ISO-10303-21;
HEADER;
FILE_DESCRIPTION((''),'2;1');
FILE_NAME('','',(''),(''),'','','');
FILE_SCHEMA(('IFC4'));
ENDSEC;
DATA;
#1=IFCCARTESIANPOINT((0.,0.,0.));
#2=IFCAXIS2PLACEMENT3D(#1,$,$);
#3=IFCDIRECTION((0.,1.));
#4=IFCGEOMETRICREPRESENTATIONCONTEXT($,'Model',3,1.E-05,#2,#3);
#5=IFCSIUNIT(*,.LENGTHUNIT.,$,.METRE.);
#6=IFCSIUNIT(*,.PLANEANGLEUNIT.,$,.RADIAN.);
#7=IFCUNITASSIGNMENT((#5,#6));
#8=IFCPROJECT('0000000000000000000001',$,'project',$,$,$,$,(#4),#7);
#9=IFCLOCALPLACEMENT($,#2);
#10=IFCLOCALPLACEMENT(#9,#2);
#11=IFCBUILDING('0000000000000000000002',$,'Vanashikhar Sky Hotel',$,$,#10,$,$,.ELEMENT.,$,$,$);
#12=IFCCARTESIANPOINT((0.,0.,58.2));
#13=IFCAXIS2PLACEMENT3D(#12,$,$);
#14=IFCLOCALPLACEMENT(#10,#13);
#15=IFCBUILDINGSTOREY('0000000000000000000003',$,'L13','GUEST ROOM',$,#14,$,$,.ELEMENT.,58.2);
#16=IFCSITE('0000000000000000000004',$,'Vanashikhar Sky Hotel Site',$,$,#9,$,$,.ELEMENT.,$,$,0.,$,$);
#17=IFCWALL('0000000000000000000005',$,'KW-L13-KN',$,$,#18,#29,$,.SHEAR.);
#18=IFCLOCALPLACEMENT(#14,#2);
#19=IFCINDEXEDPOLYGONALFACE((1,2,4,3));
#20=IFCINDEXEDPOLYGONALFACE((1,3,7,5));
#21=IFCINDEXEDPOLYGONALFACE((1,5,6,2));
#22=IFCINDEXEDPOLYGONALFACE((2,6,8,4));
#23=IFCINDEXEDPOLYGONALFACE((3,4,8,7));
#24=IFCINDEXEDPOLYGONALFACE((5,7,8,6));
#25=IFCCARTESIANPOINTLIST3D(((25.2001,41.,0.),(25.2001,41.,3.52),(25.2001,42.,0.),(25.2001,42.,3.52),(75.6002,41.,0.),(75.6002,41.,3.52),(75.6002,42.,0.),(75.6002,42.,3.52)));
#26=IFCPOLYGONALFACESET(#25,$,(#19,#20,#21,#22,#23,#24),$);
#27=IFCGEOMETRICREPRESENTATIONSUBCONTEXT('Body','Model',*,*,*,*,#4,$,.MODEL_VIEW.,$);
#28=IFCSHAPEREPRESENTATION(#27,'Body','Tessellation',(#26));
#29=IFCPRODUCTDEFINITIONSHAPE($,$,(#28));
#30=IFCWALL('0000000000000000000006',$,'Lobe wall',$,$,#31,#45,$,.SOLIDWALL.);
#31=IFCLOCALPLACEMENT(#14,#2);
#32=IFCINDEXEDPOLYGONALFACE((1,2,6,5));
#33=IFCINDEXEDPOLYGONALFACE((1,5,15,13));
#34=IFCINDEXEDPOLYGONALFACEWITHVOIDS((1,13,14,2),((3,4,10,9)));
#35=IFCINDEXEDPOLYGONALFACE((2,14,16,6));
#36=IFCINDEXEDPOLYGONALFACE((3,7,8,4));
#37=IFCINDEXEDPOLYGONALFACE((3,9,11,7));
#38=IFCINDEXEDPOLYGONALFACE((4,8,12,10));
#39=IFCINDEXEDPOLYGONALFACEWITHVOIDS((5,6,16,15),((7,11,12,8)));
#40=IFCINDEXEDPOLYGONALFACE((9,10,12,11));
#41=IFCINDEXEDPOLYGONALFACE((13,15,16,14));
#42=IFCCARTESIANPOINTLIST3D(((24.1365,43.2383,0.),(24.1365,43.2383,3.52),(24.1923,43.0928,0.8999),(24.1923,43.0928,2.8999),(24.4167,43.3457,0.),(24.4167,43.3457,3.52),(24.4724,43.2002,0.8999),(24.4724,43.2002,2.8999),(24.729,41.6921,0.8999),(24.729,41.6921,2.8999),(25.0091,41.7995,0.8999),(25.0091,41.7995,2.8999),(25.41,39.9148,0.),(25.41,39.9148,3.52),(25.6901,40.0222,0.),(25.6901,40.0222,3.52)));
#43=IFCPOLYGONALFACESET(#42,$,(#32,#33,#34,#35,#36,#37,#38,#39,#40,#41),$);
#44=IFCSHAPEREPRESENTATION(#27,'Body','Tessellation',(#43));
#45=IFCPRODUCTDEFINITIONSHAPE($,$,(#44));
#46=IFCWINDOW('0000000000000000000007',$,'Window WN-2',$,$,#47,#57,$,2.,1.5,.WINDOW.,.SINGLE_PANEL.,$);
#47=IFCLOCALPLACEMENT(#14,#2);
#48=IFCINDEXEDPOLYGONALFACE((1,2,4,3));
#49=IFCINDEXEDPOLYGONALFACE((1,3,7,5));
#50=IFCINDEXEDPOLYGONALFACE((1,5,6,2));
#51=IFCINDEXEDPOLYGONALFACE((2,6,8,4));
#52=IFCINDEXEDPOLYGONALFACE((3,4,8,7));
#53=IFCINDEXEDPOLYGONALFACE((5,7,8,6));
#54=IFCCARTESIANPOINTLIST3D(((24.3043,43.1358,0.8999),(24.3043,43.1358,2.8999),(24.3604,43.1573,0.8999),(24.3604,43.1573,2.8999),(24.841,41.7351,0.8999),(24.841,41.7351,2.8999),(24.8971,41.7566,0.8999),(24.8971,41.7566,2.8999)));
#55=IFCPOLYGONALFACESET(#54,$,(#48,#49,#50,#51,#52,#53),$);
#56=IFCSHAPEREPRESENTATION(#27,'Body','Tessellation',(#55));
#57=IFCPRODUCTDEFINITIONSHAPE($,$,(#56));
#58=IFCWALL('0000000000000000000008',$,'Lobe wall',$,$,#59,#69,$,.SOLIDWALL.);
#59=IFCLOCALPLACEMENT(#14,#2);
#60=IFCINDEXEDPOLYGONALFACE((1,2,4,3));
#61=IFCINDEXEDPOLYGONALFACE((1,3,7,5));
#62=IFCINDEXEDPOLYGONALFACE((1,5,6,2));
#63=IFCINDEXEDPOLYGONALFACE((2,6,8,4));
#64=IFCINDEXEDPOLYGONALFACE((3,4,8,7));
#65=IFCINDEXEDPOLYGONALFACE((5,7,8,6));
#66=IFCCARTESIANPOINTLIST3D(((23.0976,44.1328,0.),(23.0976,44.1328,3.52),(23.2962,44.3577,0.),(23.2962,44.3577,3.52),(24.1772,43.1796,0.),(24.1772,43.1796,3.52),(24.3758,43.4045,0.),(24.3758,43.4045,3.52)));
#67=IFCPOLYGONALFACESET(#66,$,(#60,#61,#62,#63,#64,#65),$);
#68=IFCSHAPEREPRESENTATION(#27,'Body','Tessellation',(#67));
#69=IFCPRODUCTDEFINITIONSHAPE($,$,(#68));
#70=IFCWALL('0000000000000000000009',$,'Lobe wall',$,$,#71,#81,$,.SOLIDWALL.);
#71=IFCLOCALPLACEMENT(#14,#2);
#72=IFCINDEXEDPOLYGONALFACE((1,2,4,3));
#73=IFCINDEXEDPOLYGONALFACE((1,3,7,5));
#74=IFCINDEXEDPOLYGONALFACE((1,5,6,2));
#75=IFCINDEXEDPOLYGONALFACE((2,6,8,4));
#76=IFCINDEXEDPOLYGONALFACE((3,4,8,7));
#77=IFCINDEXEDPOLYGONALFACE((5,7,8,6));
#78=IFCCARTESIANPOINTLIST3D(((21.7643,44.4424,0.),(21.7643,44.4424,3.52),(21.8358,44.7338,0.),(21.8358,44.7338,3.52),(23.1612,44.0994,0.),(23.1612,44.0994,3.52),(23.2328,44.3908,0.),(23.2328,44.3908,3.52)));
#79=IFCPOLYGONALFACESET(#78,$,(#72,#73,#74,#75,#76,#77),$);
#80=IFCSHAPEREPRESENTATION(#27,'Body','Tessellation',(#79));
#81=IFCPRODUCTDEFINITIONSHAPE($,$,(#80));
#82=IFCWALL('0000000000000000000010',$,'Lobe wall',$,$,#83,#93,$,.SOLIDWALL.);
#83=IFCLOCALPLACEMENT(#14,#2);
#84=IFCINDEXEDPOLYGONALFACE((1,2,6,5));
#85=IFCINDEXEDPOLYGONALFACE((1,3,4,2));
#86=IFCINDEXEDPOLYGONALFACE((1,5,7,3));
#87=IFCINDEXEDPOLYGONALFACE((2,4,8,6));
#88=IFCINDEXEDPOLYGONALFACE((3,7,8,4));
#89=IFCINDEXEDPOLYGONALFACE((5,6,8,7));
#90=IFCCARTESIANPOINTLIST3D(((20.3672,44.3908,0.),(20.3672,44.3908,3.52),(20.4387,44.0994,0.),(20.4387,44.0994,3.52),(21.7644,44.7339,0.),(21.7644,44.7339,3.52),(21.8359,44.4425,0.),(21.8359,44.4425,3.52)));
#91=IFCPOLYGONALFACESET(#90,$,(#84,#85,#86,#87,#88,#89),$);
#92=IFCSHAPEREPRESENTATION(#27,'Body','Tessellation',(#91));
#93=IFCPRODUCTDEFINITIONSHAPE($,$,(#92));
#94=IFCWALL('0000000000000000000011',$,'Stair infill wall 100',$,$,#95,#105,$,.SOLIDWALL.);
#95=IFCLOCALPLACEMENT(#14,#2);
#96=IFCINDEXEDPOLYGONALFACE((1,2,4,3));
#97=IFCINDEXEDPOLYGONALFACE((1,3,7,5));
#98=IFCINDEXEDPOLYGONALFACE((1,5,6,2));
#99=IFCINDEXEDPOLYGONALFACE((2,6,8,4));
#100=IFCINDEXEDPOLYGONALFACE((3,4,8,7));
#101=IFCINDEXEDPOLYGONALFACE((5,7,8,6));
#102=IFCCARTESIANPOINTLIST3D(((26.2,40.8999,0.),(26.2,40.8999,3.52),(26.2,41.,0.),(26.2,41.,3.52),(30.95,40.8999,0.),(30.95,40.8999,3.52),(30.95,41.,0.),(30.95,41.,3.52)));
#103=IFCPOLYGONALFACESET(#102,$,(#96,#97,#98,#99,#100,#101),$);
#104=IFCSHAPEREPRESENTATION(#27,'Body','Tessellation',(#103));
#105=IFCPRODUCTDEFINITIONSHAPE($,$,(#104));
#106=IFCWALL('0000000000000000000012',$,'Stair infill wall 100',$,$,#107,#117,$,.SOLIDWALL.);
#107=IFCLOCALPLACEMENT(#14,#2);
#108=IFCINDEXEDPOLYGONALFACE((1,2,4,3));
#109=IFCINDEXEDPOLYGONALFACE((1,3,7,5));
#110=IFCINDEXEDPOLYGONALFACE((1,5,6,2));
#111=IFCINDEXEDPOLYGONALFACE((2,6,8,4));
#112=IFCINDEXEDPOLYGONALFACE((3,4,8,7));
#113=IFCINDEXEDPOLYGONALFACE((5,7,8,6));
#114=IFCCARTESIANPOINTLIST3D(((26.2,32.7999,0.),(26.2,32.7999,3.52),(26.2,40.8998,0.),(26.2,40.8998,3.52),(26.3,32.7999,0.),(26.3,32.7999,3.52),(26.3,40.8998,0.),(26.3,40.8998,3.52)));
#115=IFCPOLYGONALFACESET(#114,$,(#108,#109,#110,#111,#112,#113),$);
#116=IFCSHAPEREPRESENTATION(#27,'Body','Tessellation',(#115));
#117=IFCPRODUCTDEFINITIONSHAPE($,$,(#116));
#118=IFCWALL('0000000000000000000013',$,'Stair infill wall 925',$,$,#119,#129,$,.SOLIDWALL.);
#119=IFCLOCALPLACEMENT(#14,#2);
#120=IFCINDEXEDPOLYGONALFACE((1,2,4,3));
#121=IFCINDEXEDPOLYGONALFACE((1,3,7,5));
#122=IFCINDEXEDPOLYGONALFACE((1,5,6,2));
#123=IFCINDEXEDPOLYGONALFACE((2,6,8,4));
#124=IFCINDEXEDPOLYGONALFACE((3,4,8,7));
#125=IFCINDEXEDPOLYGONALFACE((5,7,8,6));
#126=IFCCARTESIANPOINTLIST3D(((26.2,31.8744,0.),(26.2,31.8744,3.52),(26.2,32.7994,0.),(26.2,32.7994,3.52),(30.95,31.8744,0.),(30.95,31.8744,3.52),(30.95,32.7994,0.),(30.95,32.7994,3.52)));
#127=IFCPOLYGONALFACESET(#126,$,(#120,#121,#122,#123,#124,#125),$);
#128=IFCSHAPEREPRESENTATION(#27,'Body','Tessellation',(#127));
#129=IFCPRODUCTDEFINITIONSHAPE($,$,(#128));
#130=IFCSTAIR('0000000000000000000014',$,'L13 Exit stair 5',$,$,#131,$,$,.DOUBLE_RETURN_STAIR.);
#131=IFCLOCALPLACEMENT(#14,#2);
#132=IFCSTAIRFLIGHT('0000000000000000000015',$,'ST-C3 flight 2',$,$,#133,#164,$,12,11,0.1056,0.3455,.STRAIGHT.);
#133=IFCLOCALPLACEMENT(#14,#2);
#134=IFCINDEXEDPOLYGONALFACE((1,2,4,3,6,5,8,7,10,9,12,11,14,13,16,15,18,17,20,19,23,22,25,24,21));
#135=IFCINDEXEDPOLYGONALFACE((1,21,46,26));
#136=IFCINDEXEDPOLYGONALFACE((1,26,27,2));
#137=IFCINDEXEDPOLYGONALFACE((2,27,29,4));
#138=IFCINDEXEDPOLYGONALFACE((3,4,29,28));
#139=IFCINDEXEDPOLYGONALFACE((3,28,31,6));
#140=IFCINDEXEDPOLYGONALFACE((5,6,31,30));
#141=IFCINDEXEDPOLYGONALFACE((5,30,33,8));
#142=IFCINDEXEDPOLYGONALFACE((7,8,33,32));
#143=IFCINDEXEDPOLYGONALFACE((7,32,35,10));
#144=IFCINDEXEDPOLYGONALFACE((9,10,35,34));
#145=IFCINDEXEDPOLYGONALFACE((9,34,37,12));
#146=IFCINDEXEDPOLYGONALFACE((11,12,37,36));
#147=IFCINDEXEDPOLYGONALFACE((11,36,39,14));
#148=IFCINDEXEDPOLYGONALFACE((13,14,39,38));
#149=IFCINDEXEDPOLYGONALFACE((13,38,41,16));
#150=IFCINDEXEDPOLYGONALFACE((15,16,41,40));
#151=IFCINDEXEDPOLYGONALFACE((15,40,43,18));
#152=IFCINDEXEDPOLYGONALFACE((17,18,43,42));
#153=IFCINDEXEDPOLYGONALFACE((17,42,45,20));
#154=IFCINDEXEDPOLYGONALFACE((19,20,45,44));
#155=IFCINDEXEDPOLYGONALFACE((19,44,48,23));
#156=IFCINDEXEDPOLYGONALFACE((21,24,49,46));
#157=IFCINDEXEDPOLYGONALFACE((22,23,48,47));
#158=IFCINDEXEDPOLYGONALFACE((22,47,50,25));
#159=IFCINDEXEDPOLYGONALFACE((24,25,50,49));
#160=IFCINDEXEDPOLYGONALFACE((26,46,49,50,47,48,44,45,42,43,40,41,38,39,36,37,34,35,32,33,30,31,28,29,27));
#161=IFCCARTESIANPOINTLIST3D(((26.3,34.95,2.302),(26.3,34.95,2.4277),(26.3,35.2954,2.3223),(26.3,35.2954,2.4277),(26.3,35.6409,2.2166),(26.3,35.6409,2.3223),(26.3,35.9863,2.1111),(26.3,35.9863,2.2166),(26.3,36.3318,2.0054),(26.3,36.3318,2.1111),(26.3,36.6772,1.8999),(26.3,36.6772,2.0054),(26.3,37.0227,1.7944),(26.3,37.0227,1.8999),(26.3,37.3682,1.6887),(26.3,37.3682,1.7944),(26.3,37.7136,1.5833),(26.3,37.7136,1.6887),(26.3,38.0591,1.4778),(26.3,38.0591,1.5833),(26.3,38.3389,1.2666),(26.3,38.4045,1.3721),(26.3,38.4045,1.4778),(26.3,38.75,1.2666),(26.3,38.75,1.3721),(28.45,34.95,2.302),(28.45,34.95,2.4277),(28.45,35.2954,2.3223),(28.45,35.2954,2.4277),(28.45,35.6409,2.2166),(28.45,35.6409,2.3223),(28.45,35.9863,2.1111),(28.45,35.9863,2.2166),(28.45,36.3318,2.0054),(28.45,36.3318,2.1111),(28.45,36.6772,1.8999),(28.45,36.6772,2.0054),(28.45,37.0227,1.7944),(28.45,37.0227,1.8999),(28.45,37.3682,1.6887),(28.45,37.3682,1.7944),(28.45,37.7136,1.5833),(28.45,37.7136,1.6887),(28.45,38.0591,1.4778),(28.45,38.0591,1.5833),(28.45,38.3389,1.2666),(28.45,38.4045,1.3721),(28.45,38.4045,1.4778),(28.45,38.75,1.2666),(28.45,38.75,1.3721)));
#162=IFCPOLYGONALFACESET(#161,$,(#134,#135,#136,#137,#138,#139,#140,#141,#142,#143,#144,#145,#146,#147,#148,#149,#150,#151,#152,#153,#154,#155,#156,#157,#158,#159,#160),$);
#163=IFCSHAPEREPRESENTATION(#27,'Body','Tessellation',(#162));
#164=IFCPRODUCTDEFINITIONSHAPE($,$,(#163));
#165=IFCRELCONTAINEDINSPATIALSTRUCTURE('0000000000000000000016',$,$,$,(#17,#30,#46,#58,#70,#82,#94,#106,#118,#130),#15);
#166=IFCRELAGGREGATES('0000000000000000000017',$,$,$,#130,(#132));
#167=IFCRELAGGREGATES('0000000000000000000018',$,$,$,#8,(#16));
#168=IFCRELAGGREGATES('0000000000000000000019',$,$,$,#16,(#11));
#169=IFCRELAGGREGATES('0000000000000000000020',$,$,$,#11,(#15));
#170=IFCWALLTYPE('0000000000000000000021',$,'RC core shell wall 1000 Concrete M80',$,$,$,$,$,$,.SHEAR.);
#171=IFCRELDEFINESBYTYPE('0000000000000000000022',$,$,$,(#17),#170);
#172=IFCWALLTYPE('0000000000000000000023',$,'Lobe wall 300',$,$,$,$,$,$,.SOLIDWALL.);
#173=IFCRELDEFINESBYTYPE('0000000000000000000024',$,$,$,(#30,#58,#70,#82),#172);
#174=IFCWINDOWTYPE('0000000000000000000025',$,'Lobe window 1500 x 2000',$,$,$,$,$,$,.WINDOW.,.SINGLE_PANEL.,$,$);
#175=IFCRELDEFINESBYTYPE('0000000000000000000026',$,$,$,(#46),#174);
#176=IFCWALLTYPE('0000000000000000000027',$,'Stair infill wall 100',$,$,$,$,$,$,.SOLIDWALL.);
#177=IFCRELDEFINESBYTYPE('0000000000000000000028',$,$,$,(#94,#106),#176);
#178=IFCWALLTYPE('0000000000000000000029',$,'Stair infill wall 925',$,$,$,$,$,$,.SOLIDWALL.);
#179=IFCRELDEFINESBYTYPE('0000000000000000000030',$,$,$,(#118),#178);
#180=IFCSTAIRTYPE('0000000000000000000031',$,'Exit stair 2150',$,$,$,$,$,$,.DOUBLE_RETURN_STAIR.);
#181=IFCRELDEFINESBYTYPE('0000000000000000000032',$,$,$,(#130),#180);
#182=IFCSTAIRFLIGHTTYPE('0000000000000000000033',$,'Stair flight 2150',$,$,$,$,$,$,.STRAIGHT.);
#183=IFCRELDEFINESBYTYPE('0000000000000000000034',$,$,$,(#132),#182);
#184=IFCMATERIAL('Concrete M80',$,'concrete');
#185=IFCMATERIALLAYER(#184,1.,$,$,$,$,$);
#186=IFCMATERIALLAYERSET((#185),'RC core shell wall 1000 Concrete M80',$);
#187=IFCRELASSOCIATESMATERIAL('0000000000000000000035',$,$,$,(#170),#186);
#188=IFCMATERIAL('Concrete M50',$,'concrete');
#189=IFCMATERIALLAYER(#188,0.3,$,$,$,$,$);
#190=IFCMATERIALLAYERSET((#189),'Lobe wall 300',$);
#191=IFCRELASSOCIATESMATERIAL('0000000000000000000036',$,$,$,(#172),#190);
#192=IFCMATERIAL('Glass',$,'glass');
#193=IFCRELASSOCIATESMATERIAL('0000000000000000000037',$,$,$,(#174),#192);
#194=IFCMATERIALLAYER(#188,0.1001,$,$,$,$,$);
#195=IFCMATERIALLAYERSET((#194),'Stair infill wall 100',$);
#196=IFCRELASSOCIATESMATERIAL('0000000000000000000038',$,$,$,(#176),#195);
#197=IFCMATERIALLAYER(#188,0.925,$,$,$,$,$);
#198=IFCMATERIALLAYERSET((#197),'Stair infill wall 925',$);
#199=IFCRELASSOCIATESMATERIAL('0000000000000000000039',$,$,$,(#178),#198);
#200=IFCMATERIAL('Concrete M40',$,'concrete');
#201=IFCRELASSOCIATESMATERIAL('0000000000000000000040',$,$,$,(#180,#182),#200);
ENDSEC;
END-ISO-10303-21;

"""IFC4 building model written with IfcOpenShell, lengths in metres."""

from ifc_helpers import new_model, si_unit, direction, frame, frame_2d, origin, place, context, subcontext, project, spatial, polyline, rectangle, outline, extrude, source, transform, mapped, material, layer, layer_set, type_object, element, fill, aggregate, save


model = new_model("IFC4")

# Units and contexts
model_context = context("Model", 3, precision=1e-05, world=origin(), true_north=direction((0.0, 1.0)))
body_context = subcontext(model_context, "Body", "Model", "MODEL_VIEW")
ifc_project = project(units=[si_unit("LENGTHUNIT", "METRE"), si_unit("PLANEANGLEUNIT", "RADIAN")], contexts=[model_context])

# Site, building, storey
site_placement = place(None, origin())
site = spatial("IfcSite", under=ifc_project, at=site_placement, Name="Vanashikhar Sky Hotel Site", CompositionType="ELEMENT", RefElevation=0.0)
building_placement = place(site_placement, origin())
building = spatial("IfcBuilding", under=site, at=building_placement, Name="Vanashikhar Sky Hotel", CompositionType="ELEMENT")
storey_placement = place(building_placement, frame((0.0, 0.0, 58.2)))
storey = spatial("IfcBuildingStorey", under=building, at=storey_placement, Name="L13", Description="GUEST ROOM", CompositionType="ELEMENT", Elevation=58.2)

# Wall
ifc_material_1 = material(Name="Concrete M80", Category="concrete")
ifc_layer_1 = layer(ifc_material_1, 1.0)
ifc_layer_set_1 = layer_set([ifc_layer_1], Name="RC core shell wall 1000 Concrete M80")
wall_type_1 = type_object("IfcWallType", Name="RC core shell wall 1000 Concrete M80", PredefinedType="SHEAR", material=ifc_layer_set_1)
shared_shape_1 = source(origin(), body_context, "Body", "SweptSolid", [
    extrude(rectangle(XDim=50.4001, YDim=1.0, at=frame_2d((25.2002, 0.0))), origin(), (0.0, 0.0, 1.0), 3.52),
])
wall_1_placement = place(storey_placement, frame((25.2, 41.5, 0.0), z_axis=(0.0, 0.0, 1.0), x_axis=(1.0, 0.0, 0.0)))
element("IfcWall", 1, at=wall_1_placement, inside=storey, type_object=wall_type_1, Name="KW-L13-KN", PredefinedType="SHEAR", context=body_context, shape_type="MappedRepresentation", body=[
    mapped(shared_shape_1, transform((0.0, 0.0, 0.0), scale=1.0)),
])

# Wall, opening, window
ifc_material_2 = material(Name="Concrete M50", Category="concrete")
ifc_layer_2 = layer(ifc_material_2, 0.3)
ifc_layer_set_2 = layer_set([ifc_layer_2], Name="Lobe wall 300")
wall_type_2 = type_object("IfcWallType", Name="Lobe wall 300", PredefinedType="SOLIDWALL", material=ifc_layer_set_2)
shared_shape_2 = source(origin(), body_context, "Body", "SweptSolid", [
    extrude(rectangle(XDim=3.5591, YDim=0.3, at=frame_2d((1.7795, 0.0))), origin(), (0.0, 0.0, 1.0), 3.52),
])
wall_2_placement = place(storey_placement, frame((25.55, 39.9685, 0.0), z_axis=(0.0, 0.0, 1.0), x_axis=(-0.357797, 0.933799, 0.0)))
wall_2 = element("IfcWall", 2, at=wall_2_placement, inside=storey, type_object=wall_type_2, Name="Lobe wall", PredefinedType="SOLIDWALL", context=body_context, shape_type="MappedRepresentation", body=[
    mapped(shared_shape_2, transform((0.0, 0.0, 0.0), scale=1.0)),
])
shared_shape_3 = source(origin(), body_context, "Body", "SweptSolid", [
    extrude(rectangle(XDim=1.5, YDim=2.0, at=frame_2d((0.75, 1.0))), frame((0.0, 0.1602, 0.0), z_axis=(0.0, -1.0, 0.0), x_axis=(1.0, 0.0, 0.0)), (0.0, 0.0, 1.0), 0.3201),
])
opening_placement = place(wall_2_placement, frame((1.9033, 0.0, 0.8999)))
opening = element("IfcOpeningElement", 3, at=opening_placement, cuts=wall_2, PredefinedType="OPENING", context=body_context, shape_type="MappedRepresentation", body=[
    mapped(shared_shape_3, transform((0.0, 0.0, 0.0), scale=1.0)),
])
ifc_material_3 = material(Name="Glass", Category="glass")
window_type = type_object("IfcWindowType", Name="Lobe window 1500 x 2000", PartitioningType="SINGLE_PANEL", PredefinedType="WINDOW", material=ifc_material_3)
shared_shape_4 = source(origin(), body_context, "Body", "SweptSolid", [
    extrude(rectangle(XDim=1.5, YDim=2.0, at=frame_2d((0.75, 1.0))), frame((0.0, 0.03, 0.0), z_axis=(0.0, -1.0, 0.0), x_axis=(1.0, 0.0, 0.0)), (0.0, 0.0, 1.0), 0.0601),
])
window_placement = place(opening_placement, origin())
window = element("IfcWindow", 4, at=window_placement, inside=storey, type_object=window_type, Name="Window WN-2", OverallHeight=2.0, OverallWidth=1.5, PartitioningType="SINGLE_PANEL", PredefinedType="WINDOW", context=body_context, shape_type="MappedRepresentation", body=[
    mapped(shared_shape_4, transform((0.0, 0.0, 0.0), scale=1.0)),
])
fill(opening, window)

# Walls
shared_shape_5 = source(origin(), body_context, "Body", "SweptSolid", [
    extrude(rectangle(XDim=1.4402, YDim=0.3, at=frame_2d((0.7202, 0.0))), origin(), (0.0, 0.0, 1.0), 3.52),
])
wall_3_placement = place(storey_placement, frame((24.2766, 43.292, 0.0), z_axis=(0.0, 0.0, 1.0), x_axis=(-0.74965, 0.661835, 0.0)))
element("IfcWall", 5, at=wall_3_placement, inside=storey, type_object=wall_type_2, Name="Lobe wall", PredefinedType="SOLIDWALL", context=body_context, shape_type="MappedRepresentation", body=[
    mapped(shared_shape_5, transform((0.0, 0.0, 0.0), scale=1.0)),
])
shared_shape_6 = source(origin(), body_context, "Body", "SweptSolid", [
    extrude(rectangle(XDim=1.4385, YDim=0.3, at=frame_2d((0.7192, 0.0))), origin(), (0.0, 0.0, 1.0), 3.52),
])
wall_4_placement = place(storey_placement, frame((23.197, 44.2451, 0.0), z_axis=(0.0, 0.0, 1.0), x_axis=(-0.971152, 0.23846, 0.0)))
element("IfcWall", 6, at=wall_4_placement, inside=storey, type_object=wall_type_2, Name="Lobe wall", PredefinedType="SOLIDWALL", context=body_context, shape_type="MappedRepresentation", body=[
    mapped(shared_shape_6, transform((0.0, 0.0, 0.0), scale=1.0)),
])
shared_shape_7 = source(origin(), body_context, "Body", "SweptSolid", [
    extrude(rectangle(XDim=1.4387, YDim=0.3, at=frame_2d((0.7192, 0.0))), origin(), (0.0, 0.0, 1.0), 3.52),
])
wall_5_placement = place(storey_placement, frame((21.8, 44.5881, 0.0), z_axis=(0.0, 0.0, 1.0), x_axis=(-0.971162, -0.238421, 0.0)))
element("IfcWall", 7, at=wall_5_placement, inside=storey, type_object=wall_type_2, Name="Lobe wall", PredefinedType="SOLIDWALL", context=body_context, shape_type="MappedRepresentation", body=[
    mapped(shared_shape_7, transform((0.0, 0.0, 0.0), scale=1.0)),
])
ifc_layer_3 = layer(ifc_material_2, 0.1001)
ifc_layer_set_3 = layer_set([ifc_layer_3], Name="Stair infill wall 100")
wall_type_3 = type_object("IfcWallType", Name="Stair infill wall 100", PredefinedType="SOLIDWALL", material=ifc_layer_set_3)
shared_shape_8 = source(origin(), body_context, "Body", "SweptSolid", [
    extrude(rectangle(XDim=4.75, YDim=0.1001, at=frame_2d((2.375, 0.0))), origin(), (0.0, 0.0, 1.0), 3.52),
])
wall_6_placement = place(storey_placement, frame((26.2, 40.95, 0.0), z_axis=(0.0, 0.0, 1.0), x_axis=(1.0, 0.0, 0.0)))
element("IfcWall", 8, at=wall_6_placement, inside=storey, type_object=wall_type_3, Name="Stair infill wall 100", PredefinedType="SOLIDWALL", context=body_context, shape_type="MappedRepresentation", body=[
    mapped(shared_shape_8, transform((0.0, 0.0, 0.0), scale=1.0)),
])
shared_shape_9 = source(origin(), body_context, "Body", "SweptSolid", [
    extrude(rectangle(XDim=8.0999, YDim=0.1001, at=frame_2d((4.0498, 0.0))), origin(), (0.0, 0.0, 1.0), 3.52),
])
wall_7_placement = place(storey_placement, frame((26.25, 32.8, 0.0), z_axis=(0.0, 0.0, 1.0), x_axis=(0.0, 1.0, 0.0)))
element("IfcWall", 9, at=wall_7_placement, inside=storey, type_object=wall_type_3, Name="Stair infill wall 100", PredefinedType="SOLIDWALL", context=body_context, shape_type="MappedRepresentation", body=[
    mapped(shared_shape_9, transform((0.0, 0.0, 0.0), scale=1.0)),
])
ifc_layer_4 = layer(ifc_material_2, 0.925)
ifc_layer_set_4 = layer_set([ifc_layer_4], Name="Stair infill wall 925")
wall_type_4 = type_object("IfcWallType", Name="Stair infill wall 925", PredefinedType="SOLIDWALL", material=ifc_layer_set_4)
shared_shape_10 = source(origin(), body_context, "Body", "SweptSolid", [
    extrude(rectangle(XDim=4.75, YDim=0.925, at=frame_2d((2.375, 0.0))), origin(), (0.0, 0.0, 1.0), 3.52),
])
wall_8_placement = place(storey_placement, frame((26.2, 32.3369, 0.0), z_axis=(0.0, 0.0, 1.0), x_axis=(1.0, 0.0, 0.0)))
element("IfcWall", 10, at=wall_8_placement, inside=storey, type_object=wall_type_4, Name="Stair infill wall 925", PredefinedType="SOLIDWALL", context=body_context, shape_type="MappedRepresentation", body=[
    mapped(shared_shape_10, transform((0.0, 0.0, 0.0), scale=1.0)),
])

# Stair, stair flight
ifc_material_4 = material(Name="Concrete M40", Category="concrete")
stair_type = type_object("IfcStairType", Name="Exit stair 2150", PredefinedType="DOUBLE_RETURN_STAIR", material=ifc_material_4)
stair_placement = place(storey_placement, origin())
stair = element("IfcStair", 11, at=stair_placement, inside=storey, type_object=stair_type, Name="L13 Exit stair 5", PredefinedType="DOUBLE_RETURN_STAIR")
stair_flight_type = type_object("IfcStairFlightType", Name="Stair flight 2150", PredefinedType="STRAIGHT", material=ifc_material_4)
shared_shape_11 = source(origin(), body_context, "Body", "SweptSolid", [
    extrude(outline(polyline([(0.0, 0.0), (0.0, 0.1055), (0.3455, 0.1055), (0.3455, 0.2112), (0.6909, 0.2112), (0.6909, 0.3167), (1.0364, 0.3167), (1.0364, 0.4221), (1.3818, 0.4221), (1.3818, 0.5278), (1.7273, 0.5278), (1.7273, 0.6333), (2.0728, 0.6333), (2.0728, 0.7388), (2.4182, 0.7388), (2.4182, 0.8445), (2.7637, 0.8445), (2.7637, 0.95), (3.1091, 0.95), (3.1091, 1.0557), (3.4546, 1.0557), (3.4546, 1.1611), (3.8, 1.1611), (3.8, 1.2666), (3.8, 1.0354), (0.4111, 0.0), (0.0, 0.0)])), frame((0.0, 1.075, 0.0), z_axis=(0.0, -1.0, 0.0), x_axis=(1.0, 0.0, 0.0)), (0.0, 0.0, 1.0), 2.1499),
])
stair_flight_placement = place(storey_placement, frame((27.375, 38.75, 1.2666), z_axis=(0.0, 0.0, 1.0), x_axis=(0.0, -1.0, 0.0)))
stair_flight = element("IfcStairFlight", 12, at=stair_flight_placement, type_object=stair_flight_type, Name="ST-C3 flight 2", NumberOfRisers=12, NumberOfTreads=11, PredefinedType="STRAIGHT", RiserHeight=0.1056, TreadLength=0.3455, context=body_context, shape_type="MappedRepresentation", body=[
    mapped(shared_shape_11, transform((0.0, 0.0, 0.0), scale=1.0)),
])
aggregate(stair, [stair_flight])

save(model, "model.ifc")
